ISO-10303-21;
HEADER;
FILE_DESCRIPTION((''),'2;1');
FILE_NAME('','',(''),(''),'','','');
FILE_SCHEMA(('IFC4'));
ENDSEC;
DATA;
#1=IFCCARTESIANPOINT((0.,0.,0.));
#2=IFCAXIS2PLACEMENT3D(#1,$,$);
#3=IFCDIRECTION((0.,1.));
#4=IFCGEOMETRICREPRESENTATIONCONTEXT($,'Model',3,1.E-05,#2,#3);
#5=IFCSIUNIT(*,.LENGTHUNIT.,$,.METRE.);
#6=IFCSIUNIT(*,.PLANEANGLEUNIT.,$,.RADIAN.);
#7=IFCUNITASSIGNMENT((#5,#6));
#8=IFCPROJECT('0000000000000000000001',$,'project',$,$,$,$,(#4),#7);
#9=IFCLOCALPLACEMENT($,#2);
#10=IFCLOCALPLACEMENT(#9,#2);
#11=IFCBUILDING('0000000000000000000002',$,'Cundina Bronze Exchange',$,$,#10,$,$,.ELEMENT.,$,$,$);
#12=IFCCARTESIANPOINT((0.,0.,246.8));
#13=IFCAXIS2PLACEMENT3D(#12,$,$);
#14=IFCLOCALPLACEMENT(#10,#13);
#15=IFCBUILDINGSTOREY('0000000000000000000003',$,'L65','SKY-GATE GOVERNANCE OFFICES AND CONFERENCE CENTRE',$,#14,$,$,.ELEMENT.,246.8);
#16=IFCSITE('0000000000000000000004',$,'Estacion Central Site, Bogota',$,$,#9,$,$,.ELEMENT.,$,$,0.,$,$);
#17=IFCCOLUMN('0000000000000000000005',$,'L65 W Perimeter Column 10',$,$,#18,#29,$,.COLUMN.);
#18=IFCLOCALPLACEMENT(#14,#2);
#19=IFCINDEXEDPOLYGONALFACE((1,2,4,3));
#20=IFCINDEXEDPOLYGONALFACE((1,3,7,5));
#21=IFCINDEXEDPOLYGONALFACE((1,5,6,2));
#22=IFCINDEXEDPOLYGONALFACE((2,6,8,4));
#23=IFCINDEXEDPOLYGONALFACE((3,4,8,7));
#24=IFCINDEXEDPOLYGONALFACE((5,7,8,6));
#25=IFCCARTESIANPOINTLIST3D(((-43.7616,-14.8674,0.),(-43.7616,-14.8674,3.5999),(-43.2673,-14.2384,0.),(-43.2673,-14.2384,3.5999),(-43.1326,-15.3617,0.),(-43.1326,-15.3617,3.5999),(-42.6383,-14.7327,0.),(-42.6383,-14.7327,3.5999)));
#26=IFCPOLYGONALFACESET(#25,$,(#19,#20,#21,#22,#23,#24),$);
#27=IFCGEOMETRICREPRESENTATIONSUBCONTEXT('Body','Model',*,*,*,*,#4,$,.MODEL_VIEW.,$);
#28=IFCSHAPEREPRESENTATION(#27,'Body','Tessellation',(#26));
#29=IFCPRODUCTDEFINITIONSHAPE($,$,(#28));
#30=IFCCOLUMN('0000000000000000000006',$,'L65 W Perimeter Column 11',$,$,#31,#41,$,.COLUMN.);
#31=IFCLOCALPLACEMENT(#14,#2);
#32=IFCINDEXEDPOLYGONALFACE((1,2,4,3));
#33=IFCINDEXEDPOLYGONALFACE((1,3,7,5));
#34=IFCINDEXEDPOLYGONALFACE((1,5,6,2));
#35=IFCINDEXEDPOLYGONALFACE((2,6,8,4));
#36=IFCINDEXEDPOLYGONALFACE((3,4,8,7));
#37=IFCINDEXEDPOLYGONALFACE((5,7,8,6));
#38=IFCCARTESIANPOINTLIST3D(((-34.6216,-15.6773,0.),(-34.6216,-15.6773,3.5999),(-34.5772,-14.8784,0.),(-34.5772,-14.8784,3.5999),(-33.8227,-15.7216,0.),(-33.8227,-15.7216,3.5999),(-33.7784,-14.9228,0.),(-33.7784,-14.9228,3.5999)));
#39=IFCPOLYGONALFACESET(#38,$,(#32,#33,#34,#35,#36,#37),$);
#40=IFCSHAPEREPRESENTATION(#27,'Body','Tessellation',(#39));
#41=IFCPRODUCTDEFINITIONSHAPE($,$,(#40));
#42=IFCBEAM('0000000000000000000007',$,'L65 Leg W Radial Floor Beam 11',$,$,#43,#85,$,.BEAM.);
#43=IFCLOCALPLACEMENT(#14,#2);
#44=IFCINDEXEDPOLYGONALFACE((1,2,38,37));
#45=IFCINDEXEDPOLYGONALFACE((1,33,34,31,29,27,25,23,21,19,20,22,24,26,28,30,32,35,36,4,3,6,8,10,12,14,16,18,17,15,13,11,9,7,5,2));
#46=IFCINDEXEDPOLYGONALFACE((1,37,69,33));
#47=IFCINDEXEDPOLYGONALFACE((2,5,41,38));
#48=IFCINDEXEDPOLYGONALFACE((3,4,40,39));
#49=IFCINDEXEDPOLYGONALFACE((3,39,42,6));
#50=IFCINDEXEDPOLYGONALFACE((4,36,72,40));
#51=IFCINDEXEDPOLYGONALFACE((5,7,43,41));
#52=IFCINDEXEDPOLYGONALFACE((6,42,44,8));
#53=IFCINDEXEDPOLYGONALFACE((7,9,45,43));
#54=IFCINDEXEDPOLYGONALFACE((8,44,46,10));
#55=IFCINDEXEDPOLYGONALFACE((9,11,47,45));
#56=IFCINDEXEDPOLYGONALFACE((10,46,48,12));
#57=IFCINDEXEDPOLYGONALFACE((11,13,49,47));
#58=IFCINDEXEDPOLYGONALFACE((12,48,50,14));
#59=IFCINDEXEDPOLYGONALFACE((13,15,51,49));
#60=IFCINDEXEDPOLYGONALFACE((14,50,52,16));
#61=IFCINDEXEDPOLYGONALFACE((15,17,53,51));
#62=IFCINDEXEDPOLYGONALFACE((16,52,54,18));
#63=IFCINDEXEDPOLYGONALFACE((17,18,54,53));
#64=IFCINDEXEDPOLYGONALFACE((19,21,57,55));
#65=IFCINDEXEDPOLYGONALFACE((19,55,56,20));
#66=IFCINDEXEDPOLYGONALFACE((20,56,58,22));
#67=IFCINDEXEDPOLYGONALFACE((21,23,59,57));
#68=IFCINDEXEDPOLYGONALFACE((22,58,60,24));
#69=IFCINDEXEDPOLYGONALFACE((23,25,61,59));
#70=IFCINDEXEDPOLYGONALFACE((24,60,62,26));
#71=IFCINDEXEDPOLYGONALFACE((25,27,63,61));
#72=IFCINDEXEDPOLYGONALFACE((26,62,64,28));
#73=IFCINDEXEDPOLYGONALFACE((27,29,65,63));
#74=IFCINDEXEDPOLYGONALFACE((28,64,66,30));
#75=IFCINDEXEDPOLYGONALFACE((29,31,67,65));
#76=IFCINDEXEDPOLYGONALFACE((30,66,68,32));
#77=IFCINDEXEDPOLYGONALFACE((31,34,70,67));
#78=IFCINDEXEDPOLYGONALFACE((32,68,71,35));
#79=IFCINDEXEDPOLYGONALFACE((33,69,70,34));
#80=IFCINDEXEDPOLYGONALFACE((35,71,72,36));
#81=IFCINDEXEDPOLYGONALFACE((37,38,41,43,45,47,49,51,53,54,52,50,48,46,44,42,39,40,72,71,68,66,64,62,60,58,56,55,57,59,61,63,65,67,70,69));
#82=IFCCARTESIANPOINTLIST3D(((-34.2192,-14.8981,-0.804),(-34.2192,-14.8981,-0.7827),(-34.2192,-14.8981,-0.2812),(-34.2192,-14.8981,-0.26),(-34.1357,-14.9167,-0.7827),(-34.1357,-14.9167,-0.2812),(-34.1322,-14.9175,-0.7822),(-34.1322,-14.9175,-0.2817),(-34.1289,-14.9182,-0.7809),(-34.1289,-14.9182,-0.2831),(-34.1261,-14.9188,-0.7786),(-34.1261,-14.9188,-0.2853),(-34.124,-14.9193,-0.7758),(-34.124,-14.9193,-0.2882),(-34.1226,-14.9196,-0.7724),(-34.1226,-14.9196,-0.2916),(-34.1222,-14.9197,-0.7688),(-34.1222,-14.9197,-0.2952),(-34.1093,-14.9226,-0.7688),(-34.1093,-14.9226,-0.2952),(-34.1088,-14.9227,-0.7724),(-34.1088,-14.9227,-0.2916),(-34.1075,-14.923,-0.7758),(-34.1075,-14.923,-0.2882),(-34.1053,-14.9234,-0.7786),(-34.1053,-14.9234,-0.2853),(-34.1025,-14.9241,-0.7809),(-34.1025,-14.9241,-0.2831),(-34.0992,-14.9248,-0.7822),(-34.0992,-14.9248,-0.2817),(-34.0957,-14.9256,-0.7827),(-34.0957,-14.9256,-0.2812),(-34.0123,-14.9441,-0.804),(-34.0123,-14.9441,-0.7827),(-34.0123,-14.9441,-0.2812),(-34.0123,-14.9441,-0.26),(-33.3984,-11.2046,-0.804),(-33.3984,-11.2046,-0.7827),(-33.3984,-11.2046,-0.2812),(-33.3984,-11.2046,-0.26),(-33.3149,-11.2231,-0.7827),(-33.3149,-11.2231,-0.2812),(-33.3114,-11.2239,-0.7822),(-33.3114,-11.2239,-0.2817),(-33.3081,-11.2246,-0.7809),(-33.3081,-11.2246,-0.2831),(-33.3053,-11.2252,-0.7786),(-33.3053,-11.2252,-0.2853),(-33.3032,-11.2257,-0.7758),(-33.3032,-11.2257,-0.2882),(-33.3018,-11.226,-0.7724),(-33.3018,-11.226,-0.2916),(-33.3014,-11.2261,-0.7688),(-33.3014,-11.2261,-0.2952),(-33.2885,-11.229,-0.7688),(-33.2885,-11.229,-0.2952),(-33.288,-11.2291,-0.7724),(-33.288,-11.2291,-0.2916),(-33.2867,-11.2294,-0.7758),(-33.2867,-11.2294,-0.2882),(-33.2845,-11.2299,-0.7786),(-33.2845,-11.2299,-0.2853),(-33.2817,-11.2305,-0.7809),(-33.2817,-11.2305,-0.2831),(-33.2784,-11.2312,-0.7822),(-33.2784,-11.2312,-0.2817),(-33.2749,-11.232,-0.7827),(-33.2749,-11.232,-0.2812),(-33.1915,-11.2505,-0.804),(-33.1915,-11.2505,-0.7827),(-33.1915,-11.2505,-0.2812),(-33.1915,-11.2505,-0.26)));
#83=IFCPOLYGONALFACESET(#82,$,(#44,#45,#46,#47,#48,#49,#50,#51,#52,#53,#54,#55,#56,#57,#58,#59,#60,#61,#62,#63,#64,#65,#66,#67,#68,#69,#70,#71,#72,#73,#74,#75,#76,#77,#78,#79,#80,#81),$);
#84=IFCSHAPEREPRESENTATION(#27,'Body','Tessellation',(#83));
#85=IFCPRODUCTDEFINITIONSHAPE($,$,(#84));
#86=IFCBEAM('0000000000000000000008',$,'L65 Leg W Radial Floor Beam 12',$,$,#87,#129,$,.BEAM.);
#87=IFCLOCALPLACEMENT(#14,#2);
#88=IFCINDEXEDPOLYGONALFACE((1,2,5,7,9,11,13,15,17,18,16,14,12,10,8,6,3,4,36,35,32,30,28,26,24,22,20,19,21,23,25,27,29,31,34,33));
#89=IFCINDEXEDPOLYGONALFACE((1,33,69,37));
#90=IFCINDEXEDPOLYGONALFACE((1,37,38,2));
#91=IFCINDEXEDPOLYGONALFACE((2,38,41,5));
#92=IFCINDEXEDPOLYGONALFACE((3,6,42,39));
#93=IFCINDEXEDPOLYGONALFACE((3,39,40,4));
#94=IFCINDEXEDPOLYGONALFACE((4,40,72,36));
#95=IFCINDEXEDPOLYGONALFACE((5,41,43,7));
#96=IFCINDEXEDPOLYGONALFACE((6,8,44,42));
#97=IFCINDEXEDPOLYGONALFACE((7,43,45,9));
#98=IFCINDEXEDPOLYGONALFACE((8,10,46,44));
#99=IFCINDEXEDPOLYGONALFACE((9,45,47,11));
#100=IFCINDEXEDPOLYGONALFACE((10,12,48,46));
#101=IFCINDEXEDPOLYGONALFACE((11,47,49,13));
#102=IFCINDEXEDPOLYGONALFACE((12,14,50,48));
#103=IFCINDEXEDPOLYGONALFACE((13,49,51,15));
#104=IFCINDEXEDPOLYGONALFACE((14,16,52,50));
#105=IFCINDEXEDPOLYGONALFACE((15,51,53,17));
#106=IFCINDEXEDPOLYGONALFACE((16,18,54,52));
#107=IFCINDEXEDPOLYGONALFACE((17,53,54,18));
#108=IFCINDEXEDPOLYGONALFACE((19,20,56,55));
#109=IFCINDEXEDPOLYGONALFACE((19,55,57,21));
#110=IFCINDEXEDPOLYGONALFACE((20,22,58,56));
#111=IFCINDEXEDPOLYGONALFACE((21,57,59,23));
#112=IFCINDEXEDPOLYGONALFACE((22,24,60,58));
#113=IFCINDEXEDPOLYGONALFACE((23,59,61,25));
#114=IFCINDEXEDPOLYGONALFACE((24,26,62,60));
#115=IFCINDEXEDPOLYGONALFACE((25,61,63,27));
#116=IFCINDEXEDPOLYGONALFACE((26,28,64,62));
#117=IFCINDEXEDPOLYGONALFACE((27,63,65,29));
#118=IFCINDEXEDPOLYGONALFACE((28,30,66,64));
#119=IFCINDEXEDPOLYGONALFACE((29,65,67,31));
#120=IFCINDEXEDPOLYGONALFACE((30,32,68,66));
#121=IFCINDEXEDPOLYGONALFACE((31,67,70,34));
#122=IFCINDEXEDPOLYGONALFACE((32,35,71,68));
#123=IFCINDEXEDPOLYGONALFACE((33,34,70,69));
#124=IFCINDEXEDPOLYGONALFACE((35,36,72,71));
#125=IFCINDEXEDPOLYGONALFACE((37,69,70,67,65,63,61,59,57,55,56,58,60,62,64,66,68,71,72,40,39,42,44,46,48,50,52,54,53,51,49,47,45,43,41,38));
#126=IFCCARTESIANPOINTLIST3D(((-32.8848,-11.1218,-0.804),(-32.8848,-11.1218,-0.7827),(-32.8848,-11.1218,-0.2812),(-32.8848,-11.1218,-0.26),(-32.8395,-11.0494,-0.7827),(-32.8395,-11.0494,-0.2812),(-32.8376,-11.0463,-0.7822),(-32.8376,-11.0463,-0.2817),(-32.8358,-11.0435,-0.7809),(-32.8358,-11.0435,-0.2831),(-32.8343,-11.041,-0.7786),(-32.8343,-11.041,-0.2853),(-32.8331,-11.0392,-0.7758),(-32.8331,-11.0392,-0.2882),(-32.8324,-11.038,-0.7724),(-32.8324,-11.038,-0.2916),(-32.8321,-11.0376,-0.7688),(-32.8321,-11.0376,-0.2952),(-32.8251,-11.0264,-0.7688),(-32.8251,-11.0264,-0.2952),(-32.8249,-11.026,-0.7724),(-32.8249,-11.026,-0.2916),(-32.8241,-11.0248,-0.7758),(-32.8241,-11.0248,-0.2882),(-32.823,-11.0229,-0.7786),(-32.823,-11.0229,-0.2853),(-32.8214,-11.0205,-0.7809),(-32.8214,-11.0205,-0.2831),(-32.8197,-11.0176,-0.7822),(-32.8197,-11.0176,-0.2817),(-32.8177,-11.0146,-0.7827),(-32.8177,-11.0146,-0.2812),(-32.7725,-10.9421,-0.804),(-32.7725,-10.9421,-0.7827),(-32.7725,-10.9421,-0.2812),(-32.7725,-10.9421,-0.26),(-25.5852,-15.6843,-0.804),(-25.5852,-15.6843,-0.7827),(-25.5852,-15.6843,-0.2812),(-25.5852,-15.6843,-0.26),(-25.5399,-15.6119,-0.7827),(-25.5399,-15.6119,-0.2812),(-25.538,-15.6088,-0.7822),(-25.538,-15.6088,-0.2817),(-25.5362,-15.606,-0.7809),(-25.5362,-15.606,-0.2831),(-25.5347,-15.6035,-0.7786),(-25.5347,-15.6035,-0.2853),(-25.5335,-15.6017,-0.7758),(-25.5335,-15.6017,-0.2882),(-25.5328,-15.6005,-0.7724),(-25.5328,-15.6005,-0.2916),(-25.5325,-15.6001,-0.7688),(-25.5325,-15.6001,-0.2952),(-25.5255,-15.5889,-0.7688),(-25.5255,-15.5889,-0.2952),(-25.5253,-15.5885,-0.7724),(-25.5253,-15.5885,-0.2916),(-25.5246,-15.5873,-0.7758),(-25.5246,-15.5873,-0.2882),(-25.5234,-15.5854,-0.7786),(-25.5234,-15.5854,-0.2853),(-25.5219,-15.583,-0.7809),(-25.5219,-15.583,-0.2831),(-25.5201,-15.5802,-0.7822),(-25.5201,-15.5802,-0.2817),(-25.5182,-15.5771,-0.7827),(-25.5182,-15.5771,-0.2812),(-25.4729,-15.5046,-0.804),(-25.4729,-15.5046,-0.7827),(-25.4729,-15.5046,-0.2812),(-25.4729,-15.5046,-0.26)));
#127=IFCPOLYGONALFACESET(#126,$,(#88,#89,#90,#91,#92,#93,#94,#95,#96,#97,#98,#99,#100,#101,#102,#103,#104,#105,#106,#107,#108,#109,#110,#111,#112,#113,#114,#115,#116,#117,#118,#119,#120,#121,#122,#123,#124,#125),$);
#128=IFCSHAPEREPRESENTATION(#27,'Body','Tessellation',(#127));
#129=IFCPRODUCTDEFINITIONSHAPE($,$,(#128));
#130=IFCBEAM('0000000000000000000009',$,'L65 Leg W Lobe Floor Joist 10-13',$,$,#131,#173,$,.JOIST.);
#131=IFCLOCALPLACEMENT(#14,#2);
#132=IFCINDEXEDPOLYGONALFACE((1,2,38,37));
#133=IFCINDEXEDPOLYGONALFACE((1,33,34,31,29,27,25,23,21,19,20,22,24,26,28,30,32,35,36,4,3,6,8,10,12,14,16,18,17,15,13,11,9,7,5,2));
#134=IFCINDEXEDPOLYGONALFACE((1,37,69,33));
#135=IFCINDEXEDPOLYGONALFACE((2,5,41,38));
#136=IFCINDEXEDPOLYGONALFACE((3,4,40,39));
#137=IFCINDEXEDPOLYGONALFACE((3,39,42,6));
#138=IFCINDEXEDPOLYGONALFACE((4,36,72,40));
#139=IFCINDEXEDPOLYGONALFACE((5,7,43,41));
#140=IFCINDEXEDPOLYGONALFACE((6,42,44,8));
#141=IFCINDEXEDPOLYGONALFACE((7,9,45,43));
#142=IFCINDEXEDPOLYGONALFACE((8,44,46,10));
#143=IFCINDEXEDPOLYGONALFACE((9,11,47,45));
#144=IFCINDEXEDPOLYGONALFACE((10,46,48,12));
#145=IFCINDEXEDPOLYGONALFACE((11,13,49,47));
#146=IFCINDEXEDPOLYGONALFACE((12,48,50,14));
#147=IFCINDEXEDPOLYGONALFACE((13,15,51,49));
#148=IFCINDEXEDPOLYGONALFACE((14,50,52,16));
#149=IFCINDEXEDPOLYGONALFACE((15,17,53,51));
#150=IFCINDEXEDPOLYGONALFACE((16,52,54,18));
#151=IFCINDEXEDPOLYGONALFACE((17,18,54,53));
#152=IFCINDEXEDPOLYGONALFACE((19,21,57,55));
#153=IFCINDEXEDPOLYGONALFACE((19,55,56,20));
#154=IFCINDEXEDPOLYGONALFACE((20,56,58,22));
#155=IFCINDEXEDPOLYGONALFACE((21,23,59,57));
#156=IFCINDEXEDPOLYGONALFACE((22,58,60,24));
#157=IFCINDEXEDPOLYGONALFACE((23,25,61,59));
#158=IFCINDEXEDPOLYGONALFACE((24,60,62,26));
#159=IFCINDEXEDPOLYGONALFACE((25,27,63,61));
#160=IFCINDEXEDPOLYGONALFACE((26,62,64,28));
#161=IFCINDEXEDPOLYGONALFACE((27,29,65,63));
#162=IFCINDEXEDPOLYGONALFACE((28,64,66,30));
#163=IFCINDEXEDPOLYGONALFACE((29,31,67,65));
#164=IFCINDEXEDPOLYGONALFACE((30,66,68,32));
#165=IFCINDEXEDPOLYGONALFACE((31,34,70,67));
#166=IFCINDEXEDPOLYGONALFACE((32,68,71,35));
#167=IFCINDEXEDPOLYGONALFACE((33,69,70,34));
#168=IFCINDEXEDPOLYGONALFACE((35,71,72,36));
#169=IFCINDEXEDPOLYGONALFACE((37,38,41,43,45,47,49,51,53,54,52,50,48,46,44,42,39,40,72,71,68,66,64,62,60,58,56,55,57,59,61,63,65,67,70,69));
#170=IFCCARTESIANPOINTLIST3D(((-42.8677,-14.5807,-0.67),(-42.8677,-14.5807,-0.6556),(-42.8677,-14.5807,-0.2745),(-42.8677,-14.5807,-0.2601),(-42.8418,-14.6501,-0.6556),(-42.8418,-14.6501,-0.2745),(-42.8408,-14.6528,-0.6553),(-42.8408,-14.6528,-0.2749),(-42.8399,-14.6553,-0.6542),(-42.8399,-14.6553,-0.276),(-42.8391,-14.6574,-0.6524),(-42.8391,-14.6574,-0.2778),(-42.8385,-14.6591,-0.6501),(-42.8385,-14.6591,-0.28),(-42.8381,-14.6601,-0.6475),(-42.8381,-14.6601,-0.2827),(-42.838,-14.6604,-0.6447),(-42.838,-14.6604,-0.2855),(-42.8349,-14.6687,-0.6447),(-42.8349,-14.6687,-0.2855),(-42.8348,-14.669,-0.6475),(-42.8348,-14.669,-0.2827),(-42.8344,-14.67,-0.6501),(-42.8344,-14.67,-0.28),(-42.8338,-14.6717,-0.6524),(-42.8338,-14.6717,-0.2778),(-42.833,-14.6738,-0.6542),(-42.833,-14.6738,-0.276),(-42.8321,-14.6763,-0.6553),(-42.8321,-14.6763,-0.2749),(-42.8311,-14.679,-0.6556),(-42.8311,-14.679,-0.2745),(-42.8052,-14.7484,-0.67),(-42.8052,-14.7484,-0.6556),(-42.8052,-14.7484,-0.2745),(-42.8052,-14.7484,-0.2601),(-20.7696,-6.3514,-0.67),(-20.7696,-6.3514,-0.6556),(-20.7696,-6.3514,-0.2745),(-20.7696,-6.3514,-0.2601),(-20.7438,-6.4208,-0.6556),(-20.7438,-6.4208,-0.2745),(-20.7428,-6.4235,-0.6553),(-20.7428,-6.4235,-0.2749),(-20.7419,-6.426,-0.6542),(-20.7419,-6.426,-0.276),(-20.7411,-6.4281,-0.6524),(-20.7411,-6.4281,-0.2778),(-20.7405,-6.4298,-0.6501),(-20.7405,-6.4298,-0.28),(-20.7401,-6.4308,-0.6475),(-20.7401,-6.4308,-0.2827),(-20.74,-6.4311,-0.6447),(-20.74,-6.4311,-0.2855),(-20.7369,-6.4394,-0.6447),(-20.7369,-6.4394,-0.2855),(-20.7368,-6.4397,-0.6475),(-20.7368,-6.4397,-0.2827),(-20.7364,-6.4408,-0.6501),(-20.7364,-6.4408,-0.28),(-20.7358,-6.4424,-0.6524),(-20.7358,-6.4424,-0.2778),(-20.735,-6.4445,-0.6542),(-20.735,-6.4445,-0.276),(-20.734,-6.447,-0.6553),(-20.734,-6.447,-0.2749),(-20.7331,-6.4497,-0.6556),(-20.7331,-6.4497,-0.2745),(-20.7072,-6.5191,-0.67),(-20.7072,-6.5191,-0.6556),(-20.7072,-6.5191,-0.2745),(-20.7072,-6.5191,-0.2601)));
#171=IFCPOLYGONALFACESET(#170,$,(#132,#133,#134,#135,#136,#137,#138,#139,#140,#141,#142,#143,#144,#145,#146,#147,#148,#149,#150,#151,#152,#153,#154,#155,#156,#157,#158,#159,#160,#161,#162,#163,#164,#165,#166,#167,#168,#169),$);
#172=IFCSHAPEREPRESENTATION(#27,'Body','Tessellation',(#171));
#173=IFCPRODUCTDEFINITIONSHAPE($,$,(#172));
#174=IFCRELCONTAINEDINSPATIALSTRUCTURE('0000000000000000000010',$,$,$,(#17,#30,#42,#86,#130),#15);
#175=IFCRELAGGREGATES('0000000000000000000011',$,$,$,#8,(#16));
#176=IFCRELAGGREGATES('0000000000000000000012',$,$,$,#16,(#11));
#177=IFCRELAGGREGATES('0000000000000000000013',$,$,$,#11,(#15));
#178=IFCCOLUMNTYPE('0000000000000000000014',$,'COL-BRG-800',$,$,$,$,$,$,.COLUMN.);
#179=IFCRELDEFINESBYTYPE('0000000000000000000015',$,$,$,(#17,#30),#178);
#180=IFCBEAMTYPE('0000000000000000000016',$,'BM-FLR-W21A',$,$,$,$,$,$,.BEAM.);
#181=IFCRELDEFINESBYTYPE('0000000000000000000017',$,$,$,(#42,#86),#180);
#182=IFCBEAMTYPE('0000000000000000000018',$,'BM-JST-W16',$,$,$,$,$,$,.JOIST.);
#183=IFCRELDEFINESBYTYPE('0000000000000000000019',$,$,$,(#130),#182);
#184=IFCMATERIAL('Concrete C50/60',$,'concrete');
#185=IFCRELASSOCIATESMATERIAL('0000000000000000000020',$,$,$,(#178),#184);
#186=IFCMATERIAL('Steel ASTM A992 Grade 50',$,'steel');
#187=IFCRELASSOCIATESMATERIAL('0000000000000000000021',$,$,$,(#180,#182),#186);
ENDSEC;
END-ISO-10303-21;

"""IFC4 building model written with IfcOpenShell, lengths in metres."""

from ifc_helpers import new_model, si_unit, direction, frame, origin, origin_2d, place, context, subcontext, project, spatial, rectangle, i_section, extrude, material, material_profile, profile_set, type_object, element, save


model = new_model("IFC4")

# Units and contexts
model_context = context("Model", 3, precision=1e-05, world=origin(), true_north=direction((0.0, 1.0)))
body_context = subcontext(model_context, "Body", "Model", "MODEL_VIEW")
ifc_project = project(units=[si_unit("LENGTHUNIT", "METRE"), si_unit("PLANEANGLEUNIT", "RADIAN")], contexts=[model_context])

# Site, building, storey
site_placement = place(None, origin())
site = spatial("IfcSite", under=ifc_project, at=site_placement, Name="Estacion Central Site, Bogota", CompositionType="ELEMENT", RefElevation=0.0)
building_placement = place(site_placement, origin())
building = spatial("IfcBuilding", under=site, at=building_placement, Name="Cundina Bronze Exchange", CompositionType="ELEMENT")
storey_placement = place(building_placement, frame((0.0, 0.0, 246.8)))
storey = spatial("IfcBuildingStorey", under=building, at=storey_placement, Name="L65", Description="SKY-GATE GOVERNANCE OFFICES AND CONFERENCE CENTRE", CompositionType="ELEMENT", Elevation=246.8)

# Columns
ifc_material_1 = material(Name="Concrete C50/60", Category="concrete")
ifc_material_profile_1 = material_profile(ifc_material_1, rectangle(XDim=0.8, YDim=0.8, at=origin_2d()), Name="RC800X800", Category="concrete")
ifc_profile_set_1 = profile_set([ifc_material_profile_1], Name="Concrete C50/60")
column_type = type_object("IfcColumnType", Name="COL-BRG-800", PredefinedType="COLUMN", material=ifc_profile_set_1)
for number, where, z_axis, x_axis, name in (
    (1, (-43.2, -14.8, 0.0), (0.0, 0.0, 1.0), (0.786288, -0.61786, 0.0), "L65 W Perimeter Column 10"),
    (2, (-34.2, -15.3, 0.0), (0.0, 0.0, 1.0), (0.99846, -0.055473, 0.0), "L65 W Perimeter Column 11"),
):
    element("IfcColumn", number, at=place(storey_placement, frame(where, z_axis=z_axis, x_axis=x_axis)), inside=storey, type_object=column_type, Name=name, PredefinedType="COLUMN", context=body_context, shape_type="SweptSolid", body=[
        extrude(rectangle(XDim=0.8, YDim=0.8, at=origin_2d()), origin(), (0.0, 0.0, 1.0), 3.5999),
    ])

# Beams
ifc_material_2 = material(Name="Steel ASTM A992 Grade 50", Category="steel")
ifc_material_profile_2 = material_profile(ifc_material_2, i_section(OverallWidth=0.2119, OverallDepth=0.5439, WebThickness=0.0132, FlangeThickness=0.0212, FilletRadius=0.0139, at=origin_2d()), Name="W21X83", Category="steel")
ifc_profile_set_2 = profile_set([ifc_material_profile_2], Name="Steel ASTM A992 Grade 50")
beam_type_1 = type_object("IfcBeamType", Name="BM-FLR-W21A", PredefinedType="BEAM", material=ifc_profile_set_2)
beam_1_placement = place(storey_placement, frame((-33.2949, -11.2275, -0.532), z_axis=(-0.21693, -0.976187, 0.0), x_axis=(0.976187, -0.21693, 0.0)))
element("IfcBeam", 3, at=beam_1_placement, inside=storey, type_object=beam_type_1, Name="L65 Leg W Radial Floor Beam 11", PredefinedType="BEAM", context=body_context, shape_type="SweptSolid", body=[
    extrude(i_section(OverallWidth=0.2119, OverallDepth=0.5439, WebThickness=0.0132, FlangeThickness=0.0212, FilletRadius=0.0139, at=origin_2d()), origin(), (0.0, 0.0, 1.0), 3.7837),
])
beam_2_placement = place(storey_placement, frame((-32.8286, -11.032, -0.532), z_axis=(0.847984, -0.530022, 0.0), x_axis=(0.530022, 0.847984, 0.0)))
element("IfcBeam", 4, at=beam_2_placement, inside=storey, type_object=beam_type_1, Name="L65 Leg W Radial Floor Beam 12", PredefinedType="BEAM", context=body_context, shape_type="SweptSolid", body=[
    extrude(i_section(OverallWidth=0.2119, OverallDepth=0.5439, WebThickness=0.0132, FlangeThickness=0.0212, FilletRadius=0.0139, at=origin_2d()), origin(), (0.0, 0.0, 1.0), 8.6082),
])
ifc_material_profile_3 = material_profile(ifc_material_2, i_section(OverallWidth=0.179, OverallDepth=0.4099, WebThickness=0.0088, FlangeThickness=0.0144, FilletRadius=0.011, at=origin_2d()), Name="W16X45", Category="steel")
ifc_profile_set_3 = profile_set([ifc_material_profile_3], Name="Steel ASTM A992 Grade 50")
beam_type_2 = type_object("IfcBeamType", Name="BM-JST-W16", PredefinedType="JOIST", material=ifc_profile_set_3)
beam_3_placement = place(storey_placement, frame((-42.8364, -14.6646, -0.4651), z_axis=(0.937128, 0.348986, 0.0), x_axis=(-0.348986, 0.937128, 0.0)))
element("IfcBeam", 5, at=beam_3_placement, inside=storey, type_object=beam_type_2, Name="L65 Leg W Lobe Floor Joist 10-13", PredefinedType="JOIST", context=body_context, shape_type="SweptSolid", body=[
    extrude(i_section(OverallWidth=0.179, OverallDepth=0.4099, WebThickness=0.0088, FlangeThickness=0.0144, FilletRadius=0.011, at=origin_2d()), origin(), (0.0, 0.0, 1.0), 23.5806),
])

save(model, "model.ifc")
